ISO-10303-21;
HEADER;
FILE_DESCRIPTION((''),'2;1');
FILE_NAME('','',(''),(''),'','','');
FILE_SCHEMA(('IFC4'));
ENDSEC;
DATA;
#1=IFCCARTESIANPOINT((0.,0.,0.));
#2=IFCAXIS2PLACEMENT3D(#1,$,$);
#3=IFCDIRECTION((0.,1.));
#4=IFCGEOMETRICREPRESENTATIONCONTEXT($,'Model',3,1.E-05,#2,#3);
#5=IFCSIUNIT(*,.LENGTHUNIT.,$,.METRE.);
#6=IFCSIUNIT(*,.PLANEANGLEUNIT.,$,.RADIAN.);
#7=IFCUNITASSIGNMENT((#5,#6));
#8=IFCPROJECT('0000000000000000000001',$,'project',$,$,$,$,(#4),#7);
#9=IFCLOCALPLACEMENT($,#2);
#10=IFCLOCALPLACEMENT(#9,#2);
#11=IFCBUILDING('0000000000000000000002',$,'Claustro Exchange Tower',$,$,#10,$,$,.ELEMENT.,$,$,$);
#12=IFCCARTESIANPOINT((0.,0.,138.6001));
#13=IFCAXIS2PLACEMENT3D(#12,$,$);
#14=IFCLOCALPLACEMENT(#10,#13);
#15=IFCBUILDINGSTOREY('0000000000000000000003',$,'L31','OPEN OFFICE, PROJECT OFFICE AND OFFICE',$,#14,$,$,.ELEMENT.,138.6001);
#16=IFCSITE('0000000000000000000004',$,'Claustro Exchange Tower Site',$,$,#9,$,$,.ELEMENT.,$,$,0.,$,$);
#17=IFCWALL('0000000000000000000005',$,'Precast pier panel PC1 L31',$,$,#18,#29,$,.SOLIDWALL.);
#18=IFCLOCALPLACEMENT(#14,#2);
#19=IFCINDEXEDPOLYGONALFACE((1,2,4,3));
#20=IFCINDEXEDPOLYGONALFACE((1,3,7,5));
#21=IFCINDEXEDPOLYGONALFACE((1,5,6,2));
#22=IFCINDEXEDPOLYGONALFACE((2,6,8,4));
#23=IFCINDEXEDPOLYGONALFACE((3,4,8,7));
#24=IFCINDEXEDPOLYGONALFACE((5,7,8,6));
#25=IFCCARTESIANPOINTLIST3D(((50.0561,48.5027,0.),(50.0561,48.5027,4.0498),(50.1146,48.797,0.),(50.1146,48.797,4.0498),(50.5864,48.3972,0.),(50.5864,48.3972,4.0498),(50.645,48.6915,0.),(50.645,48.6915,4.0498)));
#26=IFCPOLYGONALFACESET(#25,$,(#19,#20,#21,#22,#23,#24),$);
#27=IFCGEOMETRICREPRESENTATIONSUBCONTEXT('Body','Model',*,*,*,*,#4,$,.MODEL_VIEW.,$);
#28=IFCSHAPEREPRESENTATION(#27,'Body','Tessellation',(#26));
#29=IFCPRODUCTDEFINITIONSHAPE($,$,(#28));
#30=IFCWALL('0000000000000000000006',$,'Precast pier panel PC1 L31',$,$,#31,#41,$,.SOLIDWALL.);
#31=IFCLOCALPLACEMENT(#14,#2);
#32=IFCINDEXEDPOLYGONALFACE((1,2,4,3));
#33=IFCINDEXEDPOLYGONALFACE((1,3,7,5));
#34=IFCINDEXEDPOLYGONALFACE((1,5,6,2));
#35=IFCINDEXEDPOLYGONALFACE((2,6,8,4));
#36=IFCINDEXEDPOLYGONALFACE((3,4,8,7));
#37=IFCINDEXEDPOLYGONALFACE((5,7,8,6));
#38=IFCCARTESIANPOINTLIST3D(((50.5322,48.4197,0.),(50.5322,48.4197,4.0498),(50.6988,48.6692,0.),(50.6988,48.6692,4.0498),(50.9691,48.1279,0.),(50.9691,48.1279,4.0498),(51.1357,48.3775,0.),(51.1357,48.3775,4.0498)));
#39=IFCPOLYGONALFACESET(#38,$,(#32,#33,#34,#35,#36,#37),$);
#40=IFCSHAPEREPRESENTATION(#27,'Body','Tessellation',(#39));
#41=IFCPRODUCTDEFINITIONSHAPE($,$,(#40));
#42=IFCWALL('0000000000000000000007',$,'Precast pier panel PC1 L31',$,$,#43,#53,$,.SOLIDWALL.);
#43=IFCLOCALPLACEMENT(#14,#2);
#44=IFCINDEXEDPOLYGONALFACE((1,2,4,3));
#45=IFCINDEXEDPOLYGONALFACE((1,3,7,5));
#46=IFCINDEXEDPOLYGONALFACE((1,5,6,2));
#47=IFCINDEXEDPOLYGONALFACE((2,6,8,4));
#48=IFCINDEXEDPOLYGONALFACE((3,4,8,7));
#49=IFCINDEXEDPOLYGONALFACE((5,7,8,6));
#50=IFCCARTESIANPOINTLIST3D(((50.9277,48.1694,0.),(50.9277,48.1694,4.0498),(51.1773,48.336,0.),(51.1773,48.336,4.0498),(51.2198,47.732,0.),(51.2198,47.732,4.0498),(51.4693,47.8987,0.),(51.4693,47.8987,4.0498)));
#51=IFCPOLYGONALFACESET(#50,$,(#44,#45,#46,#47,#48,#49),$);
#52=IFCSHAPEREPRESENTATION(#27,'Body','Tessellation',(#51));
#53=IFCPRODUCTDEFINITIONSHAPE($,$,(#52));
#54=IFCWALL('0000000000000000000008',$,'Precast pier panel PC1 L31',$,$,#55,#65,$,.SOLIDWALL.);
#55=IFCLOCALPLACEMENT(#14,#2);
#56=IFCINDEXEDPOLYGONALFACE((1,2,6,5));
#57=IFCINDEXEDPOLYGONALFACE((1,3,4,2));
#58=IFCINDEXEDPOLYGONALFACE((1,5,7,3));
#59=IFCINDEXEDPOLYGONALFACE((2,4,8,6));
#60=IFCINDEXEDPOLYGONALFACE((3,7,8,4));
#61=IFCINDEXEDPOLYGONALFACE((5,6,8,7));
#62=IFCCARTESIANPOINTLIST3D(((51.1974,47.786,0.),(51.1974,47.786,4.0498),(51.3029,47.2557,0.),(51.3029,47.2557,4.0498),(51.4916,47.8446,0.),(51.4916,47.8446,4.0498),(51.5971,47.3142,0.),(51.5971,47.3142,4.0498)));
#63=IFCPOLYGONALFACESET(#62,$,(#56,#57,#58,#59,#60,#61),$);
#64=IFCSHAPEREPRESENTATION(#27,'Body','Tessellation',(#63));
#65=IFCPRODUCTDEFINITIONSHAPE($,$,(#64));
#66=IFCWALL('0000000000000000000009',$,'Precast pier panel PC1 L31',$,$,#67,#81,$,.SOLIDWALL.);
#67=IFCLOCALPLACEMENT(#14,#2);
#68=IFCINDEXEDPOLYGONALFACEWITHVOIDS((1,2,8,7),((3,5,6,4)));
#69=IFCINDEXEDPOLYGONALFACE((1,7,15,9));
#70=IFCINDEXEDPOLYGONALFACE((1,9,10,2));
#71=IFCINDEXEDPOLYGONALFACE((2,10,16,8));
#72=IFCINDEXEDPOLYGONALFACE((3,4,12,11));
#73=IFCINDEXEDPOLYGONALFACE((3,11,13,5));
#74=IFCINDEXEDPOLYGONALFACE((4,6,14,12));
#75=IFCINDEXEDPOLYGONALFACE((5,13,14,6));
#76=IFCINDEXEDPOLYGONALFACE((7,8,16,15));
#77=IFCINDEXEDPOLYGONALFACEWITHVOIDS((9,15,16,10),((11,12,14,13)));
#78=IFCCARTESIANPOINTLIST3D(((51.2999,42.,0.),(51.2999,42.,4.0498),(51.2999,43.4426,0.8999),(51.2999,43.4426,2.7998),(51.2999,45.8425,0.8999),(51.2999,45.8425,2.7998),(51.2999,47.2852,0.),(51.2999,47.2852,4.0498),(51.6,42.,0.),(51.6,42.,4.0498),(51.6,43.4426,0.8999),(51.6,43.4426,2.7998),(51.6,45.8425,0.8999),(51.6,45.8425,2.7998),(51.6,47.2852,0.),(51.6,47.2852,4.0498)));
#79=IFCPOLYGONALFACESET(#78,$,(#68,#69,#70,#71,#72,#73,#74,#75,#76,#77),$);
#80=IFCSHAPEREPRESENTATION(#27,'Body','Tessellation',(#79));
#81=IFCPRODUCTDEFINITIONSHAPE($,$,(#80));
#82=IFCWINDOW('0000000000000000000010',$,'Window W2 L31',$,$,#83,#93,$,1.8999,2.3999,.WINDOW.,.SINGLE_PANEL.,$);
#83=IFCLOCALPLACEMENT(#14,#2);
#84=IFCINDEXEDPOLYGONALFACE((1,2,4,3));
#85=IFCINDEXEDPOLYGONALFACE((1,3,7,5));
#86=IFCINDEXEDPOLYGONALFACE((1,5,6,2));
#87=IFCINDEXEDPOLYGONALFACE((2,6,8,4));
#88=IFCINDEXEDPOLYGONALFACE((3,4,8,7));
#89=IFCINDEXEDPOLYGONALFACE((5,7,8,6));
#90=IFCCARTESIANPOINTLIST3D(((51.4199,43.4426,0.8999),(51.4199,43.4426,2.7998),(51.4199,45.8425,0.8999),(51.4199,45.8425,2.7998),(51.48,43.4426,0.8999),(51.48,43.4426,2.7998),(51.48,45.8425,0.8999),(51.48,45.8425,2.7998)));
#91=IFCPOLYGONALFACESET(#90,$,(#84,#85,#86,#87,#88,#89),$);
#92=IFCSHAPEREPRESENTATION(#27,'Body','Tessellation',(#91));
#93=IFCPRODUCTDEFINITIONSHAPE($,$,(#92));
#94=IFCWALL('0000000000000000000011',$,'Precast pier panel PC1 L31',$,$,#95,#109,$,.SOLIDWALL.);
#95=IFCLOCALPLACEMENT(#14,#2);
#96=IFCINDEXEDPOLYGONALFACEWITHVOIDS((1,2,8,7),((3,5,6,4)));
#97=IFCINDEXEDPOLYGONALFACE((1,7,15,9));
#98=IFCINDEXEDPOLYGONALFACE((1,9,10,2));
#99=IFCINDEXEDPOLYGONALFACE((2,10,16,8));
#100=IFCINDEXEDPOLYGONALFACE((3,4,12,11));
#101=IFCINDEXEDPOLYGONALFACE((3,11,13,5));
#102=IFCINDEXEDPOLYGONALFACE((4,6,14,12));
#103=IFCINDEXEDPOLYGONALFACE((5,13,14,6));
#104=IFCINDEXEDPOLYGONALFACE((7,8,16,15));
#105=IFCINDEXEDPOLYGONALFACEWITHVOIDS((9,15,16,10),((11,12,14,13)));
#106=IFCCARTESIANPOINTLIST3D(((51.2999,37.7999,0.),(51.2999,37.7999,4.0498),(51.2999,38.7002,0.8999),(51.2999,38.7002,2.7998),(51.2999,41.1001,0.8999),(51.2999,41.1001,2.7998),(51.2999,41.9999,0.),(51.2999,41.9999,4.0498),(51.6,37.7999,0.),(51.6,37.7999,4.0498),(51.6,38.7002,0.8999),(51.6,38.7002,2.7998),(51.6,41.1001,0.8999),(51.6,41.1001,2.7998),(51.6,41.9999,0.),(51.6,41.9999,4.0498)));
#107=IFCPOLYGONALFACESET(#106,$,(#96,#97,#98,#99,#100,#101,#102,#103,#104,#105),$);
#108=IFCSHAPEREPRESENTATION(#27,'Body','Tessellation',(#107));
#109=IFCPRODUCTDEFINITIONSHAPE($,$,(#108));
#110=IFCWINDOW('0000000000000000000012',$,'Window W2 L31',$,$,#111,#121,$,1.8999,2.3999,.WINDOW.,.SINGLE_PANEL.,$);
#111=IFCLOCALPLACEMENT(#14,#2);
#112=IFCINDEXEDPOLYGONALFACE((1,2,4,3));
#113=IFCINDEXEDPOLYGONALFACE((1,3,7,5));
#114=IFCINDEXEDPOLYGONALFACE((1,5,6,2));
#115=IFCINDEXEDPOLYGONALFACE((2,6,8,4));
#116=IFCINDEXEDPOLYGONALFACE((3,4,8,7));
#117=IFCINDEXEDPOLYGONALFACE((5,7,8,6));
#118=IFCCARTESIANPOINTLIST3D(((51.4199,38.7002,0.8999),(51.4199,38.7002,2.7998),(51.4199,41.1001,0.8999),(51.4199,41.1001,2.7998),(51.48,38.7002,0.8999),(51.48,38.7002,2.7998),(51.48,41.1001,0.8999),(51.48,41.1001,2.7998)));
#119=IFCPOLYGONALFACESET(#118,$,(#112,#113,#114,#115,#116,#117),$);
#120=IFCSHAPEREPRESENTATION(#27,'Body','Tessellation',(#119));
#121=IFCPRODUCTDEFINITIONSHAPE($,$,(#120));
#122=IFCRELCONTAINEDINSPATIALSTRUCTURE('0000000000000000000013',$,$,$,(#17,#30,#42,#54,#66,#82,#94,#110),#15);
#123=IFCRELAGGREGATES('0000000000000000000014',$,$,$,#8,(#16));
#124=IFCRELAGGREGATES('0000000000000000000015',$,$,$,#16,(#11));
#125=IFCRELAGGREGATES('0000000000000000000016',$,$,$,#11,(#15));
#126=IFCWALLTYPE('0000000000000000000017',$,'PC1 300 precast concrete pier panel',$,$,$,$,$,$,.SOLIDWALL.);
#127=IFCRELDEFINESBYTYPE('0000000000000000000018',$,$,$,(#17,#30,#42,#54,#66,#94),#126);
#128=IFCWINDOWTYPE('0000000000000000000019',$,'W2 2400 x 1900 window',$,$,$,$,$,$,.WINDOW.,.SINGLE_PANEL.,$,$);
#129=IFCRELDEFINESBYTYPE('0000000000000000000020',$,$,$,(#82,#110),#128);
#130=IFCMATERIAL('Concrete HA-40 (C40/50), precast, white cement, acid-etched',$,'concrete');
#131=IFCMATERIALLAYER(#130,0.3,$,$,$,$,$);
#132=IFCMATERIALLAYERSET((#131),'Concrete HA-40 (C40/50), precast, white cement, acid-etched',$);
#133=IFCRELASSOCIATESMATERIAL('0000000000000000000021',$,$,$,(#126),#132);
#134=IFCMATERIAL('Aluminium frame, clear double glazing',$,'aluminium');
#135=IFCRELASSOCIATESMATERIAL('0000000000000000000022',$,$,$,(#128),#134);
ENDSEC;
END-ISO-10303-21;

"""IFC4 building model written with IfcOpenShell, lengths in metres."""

from ifc_helpers import new_model, si_unit, direction, frame, frame_2d, origin, place, context, subcontext, project, spatial, rectangle, extrude, material, layer, layer_set, type_object, element, fill, save


model = new_model("IFC4")

# Units and contexts
model_context = context("Model", 3, precision=1e-05, world=origin(), true_north=direction((0.0, 1.0)))
body_context = subcontext(model_context, "Body", "Model", "MODEL_VIEW")
ifc_project = project(units=[si_unit("LENGTHUNIT", "METRE"), si_unit("PLANEANGLEUNIT", "RADIAN")], contexts=[model_context])

# Site, building, storey
site_placement = place(None, origin())
site = spatial("IfcSite", under=ifc_project, at=site_placement, Name="Claustro Exchange Tower Site", CompositionType="ELEMENT", RefElevation=0.0)
building_placement = place(site_placement, origin())
building = spatial("IfcBuilding", under=site, at=building_placement, Name="Claustro Exchange Tower", CompositionType="ELEMENT")
storey_placement = place(building_placement, frame((0.0, 0.0, 138.6001)))
storey = spatial("IfcBuildingStorey", under=building, at=storey_placement, Name="L31", Description="OPEN OFFICE, PROJECT OFFICE AND OFFICE", CompositionType="ELEMENT", Elevation=138.6001)

# Shared definitions
ifc_material_1 = material(Name="Concrete HA-40 (C40/50), precast, white cement, acid-etched", Category="concrete")
ifc_layer_1 = layer(ifc_material_1, 0.3)
ifc_layer_set_1 = layer_set([ifc_layer_1], Name="Concrete HA-40 (C40/50), precast, white cement, acid-etched")
wall_type_1 = type_object("IfcWallType", Name="PC1 300 precast concrete pier panel", PredefinedType="SOLIDWALL", material=ifc_layer_set_1)

# Walls
wall_1_placement = place(storey_placement, frame((50.0852, 48.6499, 0.0), z_axis=(0.0, 0.0, 1.0), x_axis=(0.980789, -0.195074, 0.0)))
element("IfcWall", 1, at=wall_1_placement, inside=storey, type_object=wall_type_1, Name="Precast pier panel PC1 L31", PredefinedType="SOLIDWALL", context=body_context, shape_type="SweptSolid", body=[
    extrude(rectangle(XDim=0.5408, YDim=0.3, at=frame_2d((0.2705, 0.0))), origin(), (0.0, 0.0, 1.0), 4.0498),
])
wall_2_placement = place(storey_placement, frame((50.6155, 48.5444, 0.0), z_axis=(0.0, 0.0, 1.0), x_axis=(0.831693, -0.555236, 0.0)))
element("IfcWall", 2, at=wall_2_placement, inside=storey, type_object=wall_type_1, Name="Precast pier panel PC1 L31", PredefinedType="SOLIDWALL", context=body_context, shape_type="SweptSolid", body=[
    extrude(rectangle(XDim=0.5254, YDim=0.3, at=frame_2d((0.2627, 0.0))), origin(), (0.0, 0.0, 1.0), 4.0498),
])
wall_3_placement = place(storey_placement, frame((51.0525, 48.2527, 0.0), z_axis=(0.0, 0.0, 1.0), x_axis=(0.555343, -0.831621, 0.0)))
element("IfcWall", 3, at=wall_3_placement, inside=storey, type_object=wall_type_1, Name="Precast pier panel PC1 L31", PredefinedType="SOLIDWALL", context=body_context, shape_type="SweptSolid", body=[
    extrude(rectangle(XDim=0.5259, YDim=0.3, at=frame_2d((0.2629, 0.0))), origin(), (0.0, 0.0, 1.0), 4.0498),
])
wall_4_placement = place(storey_placement, frame((51.3445, 47.8154, 0.0), z_axis=(0.0, 0.0, 1.0), x_axis=(0.195074, -0.980789, 0.0)))
element("IfcWall", 4, at=wall_4_placement, inside=storey, type_object=wall_type_1, Name="Precast pier panel PC1 L31", PredefinedType="SOLIDWALL", context=body_context, shape_type="SweptSolid", body=[
    extrude(rectangle(XDim=0.5408, YDim=0.3, at=frame_2d((0.2705, 0.0))), origin(), (0.0, 0.0, 1.0), 4.0498),
])

# Walls, openings, windows
wall_5_placement = place(storey_placement, frame((51.45, 47.2852, 0.0), z_axis=(0.0, 0.0, 1.0), x_axis=(0.0, -1.0, 0.0)))
wall_5 = element("IfcWall", 5, at=wall_5_placement, inside=storey, type_object=wall_type_1, Name="Precast pier panel PC1 L31", PredefinedType="SOLIDWALL", context=body_context, shape_type="SweptSolid", body=[
    extrude(rectangle(XDim=5.2852, YDim=0.3, at=frame_2d((2.6426, 0.0))), origin(), (0.0, 0.0, 1.0), 4.0498),
])
opening_1_placement = place(wall_5_placement, frame((1.4426, 0.0, 0.8999)))
opening_1 = element("IfcOpeningElement", 6, at=opening_1_placement, cuts=wall_5, PredefinedType="OPENING", context=body_context, shape_type="SweptSolid", body=[
    extrude(rectangle(XDim=2.3999, YDim=1.8999, at=frame_2d((1.2, 0.95))), frame((0.0, 0.1599, 0.0), z_axis=(0.0, -1.0, 0.0), x_axis=(1.0, 0.0, 0.0)), (0.0, 0.0, 1.0), 0.3201),
])
ifc_material_2 = material(Name="Aluminium frame, clear double glazing", Category="aluminium")
window_type_1 = type_object("IfcWindowType", Name="W2 2400 x 1900 window", PartitioningType="SINGLE_PANEL", PredefinedType="WINDOW", material=ifc_material_2)
window_1_placement = place(opening_1_placement, origin())
window_1 = element("IfcWindow", 7, at=window_1_placement, inside=storey, type_object=window_type_1, Name="Window W2 L31", OverallHeight=1.8999, OverallWidth=2.3999, PartitioningType="SINGLE_PANEL", PredefinedType="WINDOW", context=body_context, shape_type="SweptSolid", body=[
    extrude(rectangle(XDim=2.3999, YDim=1.8999, at=frame_2d((1.2, 0.95))), frame((0.0, 0.03, 0.0), z_axis=(0.0, -1.0, 0.0), x_axis=(1.0, 0.0, 0.0)), (0.0, 0.0, 1.0), 0.0601),
])
fill(opening_1, window_1)
wall_6_placement = place(storey_placement, frame((51.45, 42.0, 0.0), z_axis=(0.0, 0.0, 1.0), x_axis=(0.0, -1.0, 0.0)))
wall_6 = element("IfcWall", 8, at=wall_6_placement, inside=storey, type_object=wall_type_1, Name="Precast pier panel PC1 L31", PredefinedType="SOLIDWALL", context=body_context, shape_type="SweptSolid", body=[
    extrude(rectangle(XDim=4.2, YDim=0.3, at=frame_2d((2.1001, 0.0))), origin(), (0.0, 0.0, 1.0), 4.0498),
])
opening_2_placement = place(wall_6_placement, frame((0.8999, 0.0, 0.8999)))
opening_2 = element("IfcOpeningElement", 9, at=opening_2_placement, cuts=wall_6, PredefinedType="OPENING", context=body_context, shape_type="SweptSolid", body=[
    extrude(rectangle(XDim=2.3999, YDim=1.8999, at=frame_2d((1.2, 0.95))), frame((0.0, 0.1599, 0.0), z_axis=(0.0, -1.0, 0.0), x_axis=(1.0, 0.0, 0.0)), (0.0, 0.0, 1.0), 0.3201),
])
window_2_placement = place(opening_2_placement, origin())
window_2 = element("IfcWindow", 10, at=window_2_placement, inside=storey, type_object=window_type_1, Name="Window W2 L31", OverallHeight=1.8999, OverallWidth=2.3999, PartitioningType="SINGLE_PANEL", PredefinedType="WINDOW", context=body_context, shape_type="SweptSolid", body=[
    extrude(rectangle(XDim=2.3999, YDim=1.8999, at=frame_2d((1.2, 0.95))), frame((0.0, 0.03, 0.0), z_axis=(0.0, -1.0, 0.0), x_axis=(1.0, 0.0, 0.0)), (0.0, 0.0, 1.0), 0.0601),
])
fill(opening_2, window_2)

save(model, "model.ifc")
